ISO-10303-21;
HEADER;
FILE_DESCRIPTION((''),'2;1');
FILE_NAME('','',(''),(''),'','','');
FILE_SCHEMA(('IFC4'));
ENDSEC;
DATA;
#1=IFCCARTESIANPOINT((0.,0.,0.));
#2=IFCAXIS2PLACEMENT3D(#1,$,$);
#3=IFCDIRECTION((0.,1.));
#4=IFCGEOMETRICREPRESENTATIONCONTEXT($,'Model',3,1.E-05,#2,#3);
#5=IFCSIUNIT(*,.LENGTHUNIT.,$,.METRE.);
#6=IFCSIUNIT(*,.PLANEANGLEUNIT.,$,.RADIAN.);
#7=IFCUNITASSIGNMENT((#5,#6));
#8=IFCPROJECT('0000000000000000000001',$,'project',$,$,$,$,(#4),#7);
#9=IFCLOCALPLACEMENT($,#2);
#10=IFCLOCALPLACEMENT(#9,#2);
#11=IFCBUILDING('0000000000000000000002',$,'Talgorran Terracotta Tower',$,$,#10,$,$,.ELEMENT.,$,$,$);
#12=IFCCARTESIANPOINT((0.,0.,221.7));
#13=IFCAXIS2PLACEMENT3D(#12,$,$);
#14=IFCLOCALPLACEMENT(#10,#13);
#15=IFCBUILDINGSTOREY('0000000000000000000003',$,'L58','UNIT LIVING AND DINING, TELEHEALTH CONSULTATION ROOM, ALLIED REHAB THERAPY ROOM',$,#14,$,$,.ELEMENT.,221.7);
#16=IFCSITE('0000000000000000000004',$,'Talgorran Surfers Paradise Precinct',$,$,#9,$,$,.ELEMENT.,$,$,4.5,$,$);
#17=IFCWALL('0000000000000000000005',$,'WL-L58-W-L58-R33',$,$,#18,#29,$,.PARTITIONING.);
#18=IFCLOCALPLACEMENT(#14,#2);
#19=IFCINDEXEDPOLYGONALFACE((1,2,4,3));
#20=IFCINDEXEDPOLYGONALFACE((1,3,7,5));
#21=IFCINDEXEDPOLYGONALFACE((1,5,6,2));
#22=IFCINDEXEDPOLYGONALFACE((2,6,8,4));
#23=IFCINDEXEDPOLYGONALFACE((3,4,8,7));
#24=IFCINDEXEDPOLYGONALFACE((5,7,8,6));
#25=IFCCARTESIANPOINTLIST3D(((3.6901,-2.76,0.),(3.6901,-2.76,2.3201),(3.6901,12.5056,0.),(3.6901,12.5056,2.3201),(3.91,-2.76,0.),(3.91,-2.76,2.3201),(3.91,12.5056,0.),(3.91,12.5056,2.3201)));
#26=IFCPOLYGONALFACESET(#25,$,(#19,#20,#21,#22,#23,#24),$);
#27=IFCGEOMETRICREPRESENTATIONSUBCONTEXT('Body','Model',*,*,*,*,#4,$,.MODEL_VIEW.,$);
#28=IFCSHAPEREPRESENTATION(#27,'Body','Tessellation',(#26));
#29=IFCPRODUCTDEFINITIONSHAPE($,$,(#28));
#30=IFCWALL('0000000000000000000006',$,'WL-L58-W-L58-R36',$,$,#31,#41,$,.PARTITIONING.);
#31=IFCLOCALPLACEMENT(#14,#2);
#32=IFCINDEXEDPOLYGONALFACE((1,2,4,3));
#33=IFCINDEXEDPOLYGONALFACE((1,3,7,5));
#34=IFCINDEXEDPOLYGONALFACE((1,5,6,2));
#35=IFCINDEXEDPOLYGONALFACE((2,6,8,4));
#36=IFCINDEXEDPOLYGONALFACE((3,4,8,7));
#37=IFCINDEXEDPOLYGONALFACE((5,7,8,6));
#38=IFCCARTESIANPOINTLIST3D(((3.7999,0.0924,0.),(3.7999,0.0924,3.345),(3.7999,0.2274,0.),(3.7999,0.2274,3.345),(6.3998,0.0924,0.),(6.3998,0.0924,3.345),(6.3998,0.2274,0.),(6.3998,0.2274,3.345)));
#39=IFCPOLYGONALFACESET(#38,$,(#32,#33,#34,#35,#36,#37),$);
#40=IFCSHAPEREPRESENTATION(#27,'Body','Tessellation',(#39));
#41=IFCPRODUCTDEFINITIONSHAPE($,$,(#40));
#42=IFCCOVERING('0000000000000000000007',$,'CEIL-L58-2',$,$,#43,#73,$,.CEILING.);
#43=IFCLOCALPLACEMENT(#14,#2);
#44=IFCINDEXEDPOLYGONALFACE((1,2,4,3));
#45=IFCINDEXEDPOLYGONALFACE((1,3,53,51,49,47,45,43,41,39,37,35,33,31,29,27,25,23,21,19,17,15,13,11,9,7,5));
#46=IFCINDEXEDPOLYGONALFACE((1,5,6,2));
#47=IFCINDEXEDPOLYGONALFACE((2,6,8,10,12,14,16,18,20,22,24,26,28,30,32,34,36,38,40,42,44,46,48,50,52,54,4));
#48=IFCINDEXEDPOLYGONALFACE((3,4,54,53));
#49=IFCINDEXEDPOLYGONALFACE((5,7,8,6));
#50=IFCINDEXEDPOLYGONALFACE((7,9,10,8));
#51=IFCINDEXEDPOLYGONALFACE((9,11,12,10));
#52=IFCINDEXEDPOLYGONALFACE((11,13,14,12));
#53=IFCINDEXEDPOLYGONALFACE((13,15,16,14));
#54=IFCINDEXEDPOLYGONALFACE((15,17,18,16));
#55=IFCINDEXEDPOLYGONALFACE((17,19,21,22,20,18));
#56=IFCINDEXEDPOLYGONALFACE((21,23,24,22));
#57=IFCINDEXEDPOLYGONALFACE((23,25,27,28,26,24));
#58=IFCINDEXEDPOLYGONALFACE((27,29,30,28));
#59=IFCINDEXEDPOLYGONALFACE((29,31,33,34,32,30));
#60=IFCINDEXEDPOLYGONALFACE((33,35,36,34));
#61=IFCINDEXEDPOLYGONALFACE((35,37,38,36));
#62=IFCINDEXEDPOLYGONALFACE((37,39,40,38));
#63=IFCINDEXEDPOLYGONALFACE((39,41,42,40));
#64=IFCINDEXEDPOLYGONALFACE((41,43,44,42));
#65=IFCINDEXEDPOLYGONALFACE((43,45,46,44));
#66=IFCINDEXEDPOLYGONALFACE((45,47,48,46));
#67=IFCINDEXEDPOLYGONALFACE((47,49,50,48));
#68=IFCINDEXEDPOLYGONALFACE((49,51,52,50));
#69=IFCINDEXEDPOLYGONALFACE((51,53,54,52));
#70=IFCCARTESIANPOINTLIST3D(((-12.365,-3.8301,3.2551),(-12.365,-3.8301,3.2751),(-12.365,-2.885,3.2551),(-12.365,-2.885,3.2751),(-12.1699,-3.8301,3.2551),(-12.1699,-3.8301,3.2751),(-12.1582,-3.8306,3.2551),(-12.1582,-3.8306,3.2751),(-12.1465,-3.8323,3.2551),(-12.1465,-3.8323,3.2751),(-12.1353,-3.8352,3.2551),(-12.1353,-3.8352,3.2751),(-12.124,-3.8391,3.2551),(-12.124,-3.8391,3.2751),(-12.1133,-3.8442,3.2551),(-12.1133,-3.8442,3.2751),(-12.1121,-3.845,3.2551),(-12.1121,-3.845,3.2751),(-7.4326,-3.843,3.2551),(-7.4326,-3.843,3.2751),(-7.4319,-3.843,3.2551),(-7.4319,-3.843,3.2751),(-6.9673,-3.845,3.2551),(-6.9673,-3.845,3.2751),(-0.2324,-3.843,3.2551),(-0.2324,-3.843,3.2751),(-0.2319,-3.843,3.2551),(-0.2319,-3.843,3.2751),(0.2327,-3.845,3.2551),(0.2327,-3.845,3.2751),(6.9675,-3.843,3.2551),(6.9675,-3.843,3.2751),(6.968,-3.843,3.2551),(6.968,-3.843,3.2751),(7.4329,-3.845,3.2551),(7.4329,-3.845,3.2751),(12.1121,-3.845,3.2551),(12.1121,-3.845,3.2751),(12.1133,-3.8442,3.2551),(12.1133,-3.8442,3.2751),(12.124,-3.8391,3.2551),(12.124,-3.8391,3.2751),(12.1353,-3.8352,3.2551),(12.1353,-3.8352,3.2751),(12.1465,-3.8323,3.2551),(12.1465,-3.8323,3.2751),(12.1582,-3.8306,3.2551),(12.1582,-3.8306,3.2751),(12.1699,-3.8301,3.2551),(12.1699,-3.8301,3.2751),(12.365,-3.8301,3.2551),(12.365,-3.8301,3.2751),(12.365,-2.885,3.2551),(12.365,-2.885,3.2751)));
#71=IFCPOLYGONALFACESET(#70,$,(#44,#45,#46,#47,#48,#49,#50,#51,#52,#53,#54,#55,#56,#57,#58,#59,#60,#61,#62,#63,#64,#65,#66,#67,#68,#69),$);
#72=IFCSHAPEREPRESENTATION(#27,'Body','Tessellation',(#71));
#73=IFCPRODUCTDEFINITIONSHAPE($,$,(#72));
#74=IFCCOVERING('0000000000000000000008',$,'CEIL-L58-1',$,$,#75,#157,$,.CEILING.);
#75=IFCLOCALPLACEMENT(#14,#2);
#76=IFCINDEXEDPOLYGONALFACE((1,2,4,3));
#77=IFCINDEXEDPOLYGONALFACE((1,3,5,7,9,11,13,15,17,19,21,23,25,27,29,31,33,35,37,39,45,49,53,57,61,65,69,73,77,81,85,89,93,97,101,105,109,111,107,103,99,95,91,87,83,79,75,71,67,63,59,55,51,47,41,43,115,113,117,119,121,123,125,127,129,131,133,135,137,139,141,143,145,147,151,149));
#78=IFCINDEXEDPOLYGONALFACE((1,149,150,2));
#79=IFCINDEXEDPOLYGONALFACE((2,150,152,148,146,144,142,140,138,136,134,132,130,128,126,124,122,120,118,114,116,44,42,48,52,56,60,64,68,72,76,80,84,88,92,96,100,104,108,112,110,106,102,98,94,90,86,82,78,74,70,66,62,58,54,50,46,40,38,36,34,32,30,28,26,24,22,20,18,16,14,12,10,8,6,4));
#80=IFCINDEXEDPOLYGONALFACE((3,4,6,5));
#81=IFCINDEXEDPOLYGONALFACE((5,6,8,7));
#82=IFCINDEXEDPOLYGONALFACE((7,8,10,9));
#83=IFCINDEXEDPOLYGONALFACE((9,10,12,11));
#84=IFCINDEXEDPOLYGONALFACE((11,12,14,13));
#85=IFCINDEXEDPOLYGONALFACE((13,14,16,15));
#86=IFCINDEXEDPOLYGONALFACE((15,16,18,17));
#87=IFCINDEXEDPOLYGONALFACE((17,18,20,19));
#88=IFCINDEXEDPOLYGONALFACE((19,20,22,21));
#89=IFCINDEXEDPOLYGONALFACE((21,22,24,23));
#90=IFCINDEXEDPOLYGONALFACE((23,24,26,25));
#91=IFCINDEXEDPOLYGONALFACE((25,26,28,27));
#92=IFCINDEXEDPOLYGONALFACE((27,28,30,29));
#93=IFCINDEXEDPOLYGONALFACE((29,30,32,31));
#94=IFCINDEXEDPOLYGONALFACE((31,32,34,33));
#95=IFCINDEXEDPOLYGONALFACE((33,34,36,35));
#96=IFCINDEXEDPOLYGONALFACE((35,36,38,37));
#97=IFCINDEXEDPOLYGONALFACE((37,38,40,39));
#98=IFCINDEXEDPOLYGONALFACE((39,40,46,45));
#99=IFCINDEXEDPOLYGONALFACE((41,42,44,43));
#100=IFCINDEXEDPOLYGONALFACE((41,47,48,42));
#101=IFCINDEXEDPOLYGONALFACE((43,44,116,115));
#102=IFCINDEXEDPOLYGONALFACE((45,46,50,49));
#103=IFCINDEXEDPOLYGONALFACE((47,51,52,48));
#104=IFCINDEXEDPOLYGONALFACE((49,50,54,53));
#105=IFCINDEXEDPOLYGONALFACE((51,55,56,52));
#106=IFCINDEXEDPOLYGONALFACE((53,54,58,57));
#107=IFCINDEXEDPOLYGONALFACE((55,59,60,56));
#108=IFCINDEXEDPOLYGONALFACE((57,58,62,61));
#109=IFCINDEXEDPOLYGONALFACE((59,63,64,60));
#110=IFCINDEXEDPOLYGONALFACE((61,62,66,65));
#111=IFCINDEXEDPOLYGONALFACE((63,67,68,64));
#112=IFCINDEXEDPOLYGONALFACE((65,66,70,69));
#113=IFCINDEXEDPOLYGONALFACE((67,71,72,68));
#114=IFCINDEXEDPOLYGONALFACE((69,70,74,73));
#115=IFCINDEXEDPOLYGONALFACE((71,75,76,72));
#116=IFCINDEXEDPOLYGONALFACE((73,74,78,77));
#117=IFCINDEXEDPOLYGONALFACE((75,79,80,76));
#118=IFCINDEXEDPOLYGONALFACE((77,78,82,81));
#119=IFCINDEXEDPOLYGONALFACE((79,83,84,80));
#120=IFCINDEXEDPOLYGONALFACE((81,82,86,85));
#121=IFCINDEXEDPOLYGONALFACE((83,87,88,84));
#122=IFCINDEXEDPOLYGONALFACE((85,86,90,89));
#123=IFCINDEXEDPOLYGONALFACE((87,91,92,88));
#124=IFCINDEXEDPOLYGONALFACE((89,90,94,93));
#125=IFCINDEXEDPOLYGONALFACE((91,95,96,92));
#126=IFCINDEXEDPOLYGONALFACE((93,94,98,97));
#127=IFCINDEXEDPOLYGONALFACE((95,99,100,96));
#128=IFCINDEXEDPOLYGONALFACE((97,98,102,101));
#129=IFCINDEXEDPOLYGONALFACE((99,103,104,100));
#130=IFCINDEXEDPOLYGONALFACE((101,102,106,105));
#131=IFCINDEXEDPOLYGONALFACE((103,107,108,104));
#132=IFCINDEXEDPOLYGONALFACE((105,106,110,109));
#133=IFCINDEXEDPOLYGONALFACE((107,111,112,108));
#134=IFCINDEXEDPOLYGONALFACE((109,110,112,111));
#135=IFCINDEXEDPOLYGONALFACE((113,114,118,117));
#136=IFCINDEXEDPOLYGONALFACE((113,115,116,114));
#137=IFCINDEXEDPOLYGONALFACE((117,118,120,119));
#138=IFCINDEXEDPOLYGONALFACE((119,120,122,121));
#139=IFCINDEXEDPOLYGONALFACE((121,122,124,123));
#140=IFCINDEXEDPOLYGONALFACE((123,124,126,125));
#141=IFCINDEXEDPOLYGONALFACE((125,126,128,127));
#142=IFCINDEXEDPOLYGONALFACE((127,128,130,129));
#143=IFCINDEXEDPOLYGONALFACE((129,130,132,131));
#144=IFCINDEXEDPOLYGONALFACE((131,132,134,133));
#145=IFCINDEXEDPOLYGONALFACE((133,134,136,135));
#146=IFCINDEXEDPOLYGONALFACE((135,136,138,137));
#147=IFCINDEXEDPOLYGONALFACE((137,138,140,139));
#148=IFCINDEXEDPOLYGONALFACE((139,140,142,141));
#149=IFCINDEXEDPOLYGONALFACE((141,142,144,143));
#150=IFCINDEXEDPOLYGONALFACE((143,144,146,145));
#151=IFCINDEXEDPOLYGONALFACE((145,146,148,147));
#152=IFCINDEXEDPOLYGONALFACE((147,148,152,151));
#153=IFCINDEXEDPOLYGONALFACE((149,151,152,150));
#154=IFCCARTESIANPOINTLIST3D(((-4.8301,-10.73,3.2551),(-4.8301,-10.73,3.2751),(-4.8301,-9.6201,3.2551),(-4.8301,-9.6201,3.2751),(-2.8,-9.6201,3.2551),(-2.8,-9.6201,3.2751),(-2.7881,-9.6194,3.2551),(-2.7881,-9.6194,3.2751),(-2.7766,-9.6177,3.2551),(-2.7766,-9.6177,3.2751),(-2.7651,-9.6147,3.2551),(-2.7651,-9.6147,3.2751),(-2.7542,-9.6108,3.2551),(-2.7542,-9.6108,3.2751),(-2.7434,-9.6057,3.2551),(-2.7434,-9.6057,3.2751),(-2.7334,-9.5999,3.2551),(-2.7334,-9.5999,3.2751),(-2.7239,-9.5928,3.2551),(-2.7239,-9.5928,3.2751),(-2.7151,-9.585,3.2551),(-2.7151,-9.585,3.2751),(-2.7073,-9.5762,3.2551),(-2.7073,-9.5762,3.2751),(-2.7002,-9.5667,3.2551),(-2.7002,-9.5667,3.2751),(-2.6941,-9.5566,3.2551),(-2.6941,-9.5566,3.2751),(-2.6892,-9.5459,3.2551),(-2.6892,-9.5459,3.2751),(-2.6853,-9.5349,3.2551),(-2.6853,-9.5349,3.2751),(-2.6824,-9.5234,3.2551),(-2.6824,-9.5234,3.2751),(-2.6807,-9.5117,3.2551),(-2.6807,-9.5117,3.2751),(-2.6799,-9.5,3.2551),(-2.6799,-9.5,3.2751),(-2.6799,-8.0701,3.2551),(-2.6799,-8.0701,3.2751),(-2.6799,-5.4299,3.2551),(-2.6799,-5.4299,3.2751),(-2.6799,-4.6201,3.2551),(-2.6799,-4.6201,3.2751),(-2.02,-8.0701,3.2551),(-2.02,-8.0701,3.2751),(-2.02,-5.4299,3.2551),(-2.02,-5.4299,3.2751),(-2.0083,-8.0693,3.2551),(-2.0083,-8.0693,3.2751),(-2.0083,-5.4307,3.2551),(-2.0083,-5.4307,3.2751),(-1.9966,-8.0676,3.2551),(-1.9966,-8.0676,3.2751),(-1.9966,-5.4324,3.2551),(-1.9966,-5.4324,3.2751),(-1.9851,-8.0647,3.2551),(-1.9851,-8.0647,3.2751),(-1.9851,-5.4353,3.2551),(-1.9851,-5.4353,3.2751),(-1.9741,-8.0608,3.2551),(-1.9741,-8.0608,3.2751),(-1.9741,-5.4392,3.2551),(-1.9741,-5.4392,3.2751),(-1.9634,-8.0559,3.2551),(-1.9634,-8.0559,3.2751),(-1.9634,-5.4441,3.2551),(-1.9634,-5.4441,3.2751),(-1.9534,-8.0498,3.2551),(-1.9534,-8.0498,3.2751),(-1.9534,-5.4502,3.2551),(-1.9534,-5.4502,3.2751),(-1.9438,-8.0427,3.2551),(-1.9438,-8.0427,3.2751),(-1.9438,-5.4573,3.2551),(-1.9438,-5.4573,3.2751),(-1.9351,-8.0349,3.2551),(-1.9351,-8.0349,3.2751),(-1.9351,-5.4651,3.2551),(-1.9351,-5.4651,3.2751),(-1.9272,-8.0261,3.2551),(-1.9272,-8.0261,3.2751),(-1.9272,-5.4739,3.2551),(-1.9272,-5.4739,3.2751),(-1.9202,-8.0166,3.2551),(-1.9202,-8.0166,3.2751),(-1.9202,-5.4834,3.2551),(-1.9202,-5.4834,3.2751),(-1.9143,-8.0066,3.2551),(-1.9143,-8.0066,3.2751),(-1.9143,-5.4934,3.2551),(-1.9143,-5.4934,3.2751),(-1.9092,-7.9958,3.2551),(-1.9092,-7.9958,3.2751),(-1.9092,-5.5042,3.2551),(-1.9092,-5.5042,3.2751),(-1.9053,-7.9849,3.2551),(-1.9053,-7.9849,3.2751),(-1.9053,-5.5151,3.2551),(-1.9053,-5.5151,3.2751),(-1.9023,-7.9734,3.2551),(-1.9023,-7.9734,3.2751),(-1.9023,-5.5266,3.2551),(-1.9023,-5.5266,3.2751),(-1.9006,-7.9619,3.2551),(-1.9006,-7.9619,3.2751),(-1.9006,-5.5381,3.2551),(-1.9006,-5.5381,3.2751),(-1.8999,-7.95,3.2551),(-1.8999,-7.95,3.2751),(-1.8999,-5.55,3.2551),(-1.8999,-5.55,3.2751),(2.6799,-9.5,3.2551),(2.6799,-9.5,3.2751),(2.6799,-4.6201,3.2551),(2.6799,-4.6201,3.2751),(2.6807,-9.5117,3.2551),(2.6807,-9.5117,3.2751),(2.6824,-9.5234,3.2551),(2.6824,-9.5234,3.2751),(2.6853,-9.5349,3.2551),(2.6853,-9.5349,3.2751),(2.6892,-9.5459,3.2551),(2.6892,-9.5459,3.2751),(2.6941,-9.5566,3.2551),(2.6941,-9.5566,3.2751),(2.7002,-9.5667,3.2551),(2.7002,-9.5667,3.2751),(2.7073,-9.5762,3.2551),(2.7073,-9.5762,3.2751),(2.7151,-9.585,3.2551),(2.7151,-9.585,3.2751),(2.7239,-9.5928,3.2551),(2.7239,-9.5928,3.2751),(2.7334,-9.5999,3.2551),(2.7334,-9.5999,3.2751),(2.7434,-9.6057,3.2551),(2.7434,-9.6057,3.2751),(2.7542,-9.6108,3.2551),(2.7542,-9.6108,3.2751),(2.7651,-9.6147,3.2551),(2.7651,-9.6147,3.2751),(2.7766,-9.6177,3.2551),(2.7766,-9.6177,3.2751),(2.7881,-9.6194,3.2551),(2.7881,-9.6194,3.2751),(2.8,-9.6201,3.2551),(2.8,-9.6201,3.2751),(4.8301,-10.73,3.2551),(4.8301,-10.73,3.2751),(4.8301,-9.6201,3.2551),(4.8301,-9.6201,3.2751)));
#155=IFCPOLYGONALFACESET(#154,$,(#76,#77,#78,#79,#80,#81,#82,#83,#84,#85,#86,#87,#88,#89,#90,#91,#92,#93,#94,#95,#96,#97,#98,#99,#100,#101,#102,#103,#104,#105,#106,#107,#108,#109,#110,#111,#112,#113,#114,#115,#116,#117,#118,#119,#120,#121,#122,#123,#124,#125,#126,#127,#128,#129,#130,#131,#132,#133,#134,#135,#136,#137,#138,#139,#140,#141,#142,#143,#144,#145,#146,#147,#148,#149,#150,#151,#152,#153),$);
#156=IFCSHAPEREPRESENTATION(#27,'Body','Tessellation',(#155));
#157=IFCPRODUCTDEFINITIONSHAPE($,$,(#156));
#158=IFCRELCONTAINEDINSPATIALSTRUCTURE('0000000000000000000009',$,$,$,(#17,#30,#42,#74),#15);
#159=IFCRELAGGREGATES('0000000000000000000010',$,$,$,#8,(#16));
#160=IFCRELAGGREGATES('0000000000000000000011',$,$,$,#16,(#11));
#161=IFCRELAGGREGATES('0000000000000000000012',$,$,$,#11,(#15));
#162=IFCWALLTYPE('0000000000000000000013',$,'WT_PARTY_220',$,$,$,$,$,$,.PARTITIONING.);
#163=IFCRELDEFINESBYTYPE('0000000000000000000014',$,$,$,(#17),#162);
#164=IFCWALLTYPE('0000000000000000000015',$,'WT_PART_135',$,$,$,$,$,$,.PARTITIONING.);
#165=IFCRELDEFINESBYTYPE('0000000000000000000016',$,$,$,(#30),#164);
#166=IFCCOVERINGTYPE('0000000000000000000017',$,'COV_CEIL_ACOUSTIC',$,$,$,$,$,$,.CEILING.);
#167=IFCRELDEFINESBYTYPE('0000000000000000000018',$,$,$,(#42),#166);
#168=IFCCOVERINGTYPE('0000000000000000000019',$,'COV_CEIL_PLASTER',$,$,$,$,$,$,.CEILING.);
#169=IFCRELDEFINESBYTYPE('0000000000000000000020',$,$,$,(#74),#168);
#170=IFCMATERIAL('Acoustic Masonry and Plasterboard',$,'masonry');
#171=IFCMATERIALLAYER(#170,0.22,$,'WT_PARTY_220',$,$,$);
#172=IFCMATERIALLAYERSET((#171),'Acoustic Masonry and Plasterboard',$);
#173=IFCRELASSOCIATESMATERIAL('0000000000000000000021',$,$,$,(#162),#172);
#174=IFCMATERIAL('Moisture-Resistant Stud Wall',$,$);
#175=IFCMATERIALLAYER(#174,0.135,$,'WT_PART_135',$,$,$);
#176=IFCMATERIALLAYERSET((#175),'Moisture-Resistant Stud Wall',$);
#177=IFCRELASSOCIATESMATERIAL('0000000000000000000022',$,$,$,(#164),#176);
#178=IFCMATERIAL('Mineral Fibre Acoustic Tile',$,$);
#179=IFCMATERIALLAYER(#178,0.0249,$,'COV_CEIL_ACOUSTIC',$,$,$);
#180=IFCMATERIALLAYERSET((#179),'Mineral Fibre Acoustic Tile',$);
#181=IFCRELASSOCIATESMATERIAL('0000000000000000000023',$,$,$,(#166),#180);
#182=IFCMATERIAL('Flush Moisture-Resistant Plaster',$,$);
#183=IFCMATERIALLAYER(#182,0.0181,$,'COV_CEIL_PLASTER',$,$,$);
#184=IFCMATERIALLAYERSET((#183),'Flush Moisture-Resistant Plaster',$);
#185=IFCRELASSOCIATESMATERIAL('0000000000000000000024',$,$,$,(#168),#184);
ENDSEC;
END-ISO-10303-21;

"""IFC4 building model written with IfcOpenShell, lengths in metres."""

from ifc_helpers import new_model, si_unit, direction, frame, frame_2d, origin, place, context, subcontext, project, spatial, polyline, rectangle, outline, extrude, material, layer, layer_set, type_object, element, save


model = new_model("IFC4")

# Units and contexts
model_context = context("Model", 3, precision=1e-05, world=origin(), true_north=direction((0.0, 1.0)))
body_context = subcontext(model_context, "Body", "Model", "MODEL_VIEW")
ifc_project = project(units=[si_unit("LENGTHUNIT", "METRE"), si_unit("PLANEANGLEUNIT", "RADIAN")], contexts=[model_context])

# Site, building, storey
site_placement = place(None, origin())
site = spatial("IfcSite", under=ifc_project, at=site_placement, Name="Talgorran Surfers Paradise Precinct", CompositionType="ELEMENT", RefElevation=4.5)
building_placement = place(site_placement, origin())
building = spatial("IfcBuilding", under=site, at=building_placement, Name="Talgorran Terracotta Tower", CompositionType="ELEMENT")
storey_placement = place(building_placement, frame((0.0, 0.0, 221.7)))
storey = spatial("IfcBuildingStorey", under=building, at=storey_placement, Name="L58", Description="UNIT LIVING AND DINING, TELEHEALTH CONSULTATION ROOM, ALLIED REHAB THERAPY ROOM", CompositionType="ELEMENT", Elevation=221.7)

# Walls
ifc_material_1 = material(Name="Acoustic Masonry and Plasterboard", Category="masonry")
ifc_layer_1 = layer(ifc_material_1, 0.22, Name="WT_PARTY_220")
ifc_layer_set_1 = layer_set([ifc_layer_1], Name="Acoustic Masonry and Plasterboard")
wall_type_1 = type_object("IfcWallType", Name="WT_PARTY_220", PredefinedType="PARTITIONING", material=ifc_layer_set_1)
wall_1_placement = place(storey_placement, frame((3.8, -2.76, 0.0), z_axis=(0.0, 0.0, 1.0), x_axis=(0.0, 1.0, 0.0)))
element("IfcWall", 1, at=wall_1_placement, inside=storey, type_object=wall_type_1, Name="WL-L58-W-L58-R33", PredefinedType="PARTITIONING", context=body_context, shape_type="SweptSolid", body=[
    extrude(rectangle(XDim=15.2656, YDim=0.22, at=frame_2d((7.6328, 0.0))), origin(), (0.0, 0.0, 1.0), 2.3201),
])
ifc_material_2 = material(Name="Moisture-Resistant Stud Wall")
ifc_layer_2 = layer(ifc_material_2, 0.135, Name="WT_PART_135")
ifc_layer_set_2 = layer_set([ifc_layer_2], Name="Moisture-Resistant Stud Wall")
wall_type_2 = type_object("IfcWallType", Name="WT_PART_135", PredefinedType="PARTITIONING", material=ifc_layer_set_2)
wall_2_placement = place(storey_placement, frame((3.8, 0.1599, 0.0), z_axis=(0.0, 0.0, 1.0), x_axis=(1.0, 0.0, 0.0)))
element("IfcWall", 2, at=wall_2_placement, inside=storey, type_object=wall_type_2, Name="WL-L58-W-L58-R36", PredefinedType="PARTITIONING", context=body_context, shape_type="SweptSolid", body=[
    extrude(rectangle(XDim=2.5999, YDim=0.135, at=frame_2d((1.2998, 0.0))), origin(), (0.0, 0.0, 1.0), 3.345),
])

# Coverings
ifc_material_3 = material(Name="Mineral Fibre Acoustic Tile")
ifc_layer_3 = layer(ifc_material_3, 0.0249, Name="COV_CEIL_ACOUSTIC")
ifc_layer_set_3 = layer_set([ifc_layer_3], Name="Mineral Fibre Acoustic Tile")
covering_type_1 = type_object("IfcCoveringType", Name="COV_CEIL_ACOUSTIC", PredefinedType="CEILING", material=ifc_layer_set_3)
covering_1_placement = place(storey_placement, frame((0.0, 0.0, 3.2551)))
element("IfcCovering", 3, at=covering_1_placement, inside=storey, type_object=covering_type_1, Name="CEIL-L58-2", PredefinedType="CEILING", context=body_context, shape_type="SweptSolid", body=[
    extrude(outline(polyline([(-12.365, -2.885), (12.365, -2.885), (12.365, -3.8301), (12.1699, -3.8301), (12.1582, -3.8306), (12.1465, -3.8323), (12.1353, -3.8352), (12.124, -3.8391), (12.1133, -3.8442), (12.1121, -3.845), (7.4329, -3.845), (6.968, -3.843), (6.9675, -3.843), (0.2327, -3.845), (-0.2319, -3.843), (-0.2324, -3.843), (-6.9673, -3.845), (-7.4319, -3.843), (-7.4326, -3.843), (-12.1121, -3.845), (-12.1133, -3.8442), (-12.124, -3.8391), (-12.1353, -3.8352), (-12.1465, -3.8323), (-12.1582, -3.8306), (-12.1699, -3.8301), (-12.365, -3.8301), (-12.365, -2.885)])), origin(), (0.0, 0.0, 1.0), 0.02),
])
ifc_material_4 = material(Name="Flush Moisture-Resistant Plaster")
ifc_layer_4 = layer(ifc_material_4, 0.0181, Name="COV_CEIL_PLASTER")
ifc_layer_set_4 = layer_set([ifc_layer_4], Name="Flush Moisture-Resistant Plaster")
covering_type_2 = type_object("IfcCoveringType", Name="COV_CEIL_PLASTER", PredefinedType="CEILING", material=ifc_layer_set_4)
covering_2_placement = place(storey_placement, frame((0.0, 0.0, 3.2551)))
element("IfcCovering", 4, at=covering_2_placement, inside=storey, type_object=covering_type_2, Name="CEIL-L58-1", PredefinedType="CEILING", context=body_context, shape_type="SweptSolid", body=[
    extrude(outline(polyline([(2.6799, -4.6201), (2.6799, -9.5), (2.6807, -9.5117), (2.6824, -9.5234), (2.6853, -9.5349), (2.6892, -9.5459), (2.6941, -9.5566), (2.7002, -9.5667), (2.7073, -9.5762), (2.7151, -9.585), (2.7239, -9.5928), (2.7334, -9.5999), (2.7434, -9.6057), (2.7542, -9.6108), (2.7651, -9.6147), (2.7766, -9.6177), (2.7881, -9.6194), (2.8, -9.6201), (4.8301, -9.6201), (4.8301, -10.73), (-4.8301, -10.73), (-4.8301, -9.6201), (-2.8, -9.6201), (-2.7881, -9.6194), (-2.7766, -9.6177), (-2.7651, -9.6147), (-2.7542, -9.6108), (-2.7434, -9.6057), (-2.7334, -9.5999), (-2.7239, -9.5928), (-2.7151, -9.585), (-2.7073, -9.5762), (-2.7002, -9.5667), (-2.6941, -9.5566), (-2.6892, -9.5459), (-2.6853, -9.5349), (-2.6824, -9.5234), (-2.6807, -9.5117), (-2.6799, -9.5), (-2.6799, -8.0701), (-2.02, -8.0701), (-2.0083, -8.0693), (-1.9966, -8.0676), (-1.9851, -8.0647), (-1.9741, -8.0608), (-1.9634, -8.0559), (-1.9534, -8.0498), (-1.9438, -8.0427), (-1.9351, -8.0349), (-1.9272, -8.0261), (-1.9202, -8.0166), (-1.9143, -8.0066), (-1.9092, -7.9958), (-1.9053, -7.9849), (-1.9023, -7.9734), (-1.9006, -7.9619), (-1.8999, -7.95), (-1.8999, -5.55), (-1.9006, -5.5381), (-1.9023, -5.5266), (-1.9053, -5.5151), (-1.9092, -5.5042), (-1.9143, -5.4934), (-1.9202, -5.4834), (-1.9272, -5.4739), (-1.9351, -5.4651), (-1.9438, -5.4573), (-1.9534, -5.4502), (-1.9634, -5.4441), (-1.9741, -5.4392), (-1.9851, -5.4353), (-1.9966, -5.4324), (-2.0083, -5.4307), (-2.02, -5.4299), (-2.6799, -5.4299), (-2.6799, -4.6201), (2.6799, -4.6201)])), origin(), (0.0, 0.0, 1.0), 0.02),
])

save(model, "model.ifc")
